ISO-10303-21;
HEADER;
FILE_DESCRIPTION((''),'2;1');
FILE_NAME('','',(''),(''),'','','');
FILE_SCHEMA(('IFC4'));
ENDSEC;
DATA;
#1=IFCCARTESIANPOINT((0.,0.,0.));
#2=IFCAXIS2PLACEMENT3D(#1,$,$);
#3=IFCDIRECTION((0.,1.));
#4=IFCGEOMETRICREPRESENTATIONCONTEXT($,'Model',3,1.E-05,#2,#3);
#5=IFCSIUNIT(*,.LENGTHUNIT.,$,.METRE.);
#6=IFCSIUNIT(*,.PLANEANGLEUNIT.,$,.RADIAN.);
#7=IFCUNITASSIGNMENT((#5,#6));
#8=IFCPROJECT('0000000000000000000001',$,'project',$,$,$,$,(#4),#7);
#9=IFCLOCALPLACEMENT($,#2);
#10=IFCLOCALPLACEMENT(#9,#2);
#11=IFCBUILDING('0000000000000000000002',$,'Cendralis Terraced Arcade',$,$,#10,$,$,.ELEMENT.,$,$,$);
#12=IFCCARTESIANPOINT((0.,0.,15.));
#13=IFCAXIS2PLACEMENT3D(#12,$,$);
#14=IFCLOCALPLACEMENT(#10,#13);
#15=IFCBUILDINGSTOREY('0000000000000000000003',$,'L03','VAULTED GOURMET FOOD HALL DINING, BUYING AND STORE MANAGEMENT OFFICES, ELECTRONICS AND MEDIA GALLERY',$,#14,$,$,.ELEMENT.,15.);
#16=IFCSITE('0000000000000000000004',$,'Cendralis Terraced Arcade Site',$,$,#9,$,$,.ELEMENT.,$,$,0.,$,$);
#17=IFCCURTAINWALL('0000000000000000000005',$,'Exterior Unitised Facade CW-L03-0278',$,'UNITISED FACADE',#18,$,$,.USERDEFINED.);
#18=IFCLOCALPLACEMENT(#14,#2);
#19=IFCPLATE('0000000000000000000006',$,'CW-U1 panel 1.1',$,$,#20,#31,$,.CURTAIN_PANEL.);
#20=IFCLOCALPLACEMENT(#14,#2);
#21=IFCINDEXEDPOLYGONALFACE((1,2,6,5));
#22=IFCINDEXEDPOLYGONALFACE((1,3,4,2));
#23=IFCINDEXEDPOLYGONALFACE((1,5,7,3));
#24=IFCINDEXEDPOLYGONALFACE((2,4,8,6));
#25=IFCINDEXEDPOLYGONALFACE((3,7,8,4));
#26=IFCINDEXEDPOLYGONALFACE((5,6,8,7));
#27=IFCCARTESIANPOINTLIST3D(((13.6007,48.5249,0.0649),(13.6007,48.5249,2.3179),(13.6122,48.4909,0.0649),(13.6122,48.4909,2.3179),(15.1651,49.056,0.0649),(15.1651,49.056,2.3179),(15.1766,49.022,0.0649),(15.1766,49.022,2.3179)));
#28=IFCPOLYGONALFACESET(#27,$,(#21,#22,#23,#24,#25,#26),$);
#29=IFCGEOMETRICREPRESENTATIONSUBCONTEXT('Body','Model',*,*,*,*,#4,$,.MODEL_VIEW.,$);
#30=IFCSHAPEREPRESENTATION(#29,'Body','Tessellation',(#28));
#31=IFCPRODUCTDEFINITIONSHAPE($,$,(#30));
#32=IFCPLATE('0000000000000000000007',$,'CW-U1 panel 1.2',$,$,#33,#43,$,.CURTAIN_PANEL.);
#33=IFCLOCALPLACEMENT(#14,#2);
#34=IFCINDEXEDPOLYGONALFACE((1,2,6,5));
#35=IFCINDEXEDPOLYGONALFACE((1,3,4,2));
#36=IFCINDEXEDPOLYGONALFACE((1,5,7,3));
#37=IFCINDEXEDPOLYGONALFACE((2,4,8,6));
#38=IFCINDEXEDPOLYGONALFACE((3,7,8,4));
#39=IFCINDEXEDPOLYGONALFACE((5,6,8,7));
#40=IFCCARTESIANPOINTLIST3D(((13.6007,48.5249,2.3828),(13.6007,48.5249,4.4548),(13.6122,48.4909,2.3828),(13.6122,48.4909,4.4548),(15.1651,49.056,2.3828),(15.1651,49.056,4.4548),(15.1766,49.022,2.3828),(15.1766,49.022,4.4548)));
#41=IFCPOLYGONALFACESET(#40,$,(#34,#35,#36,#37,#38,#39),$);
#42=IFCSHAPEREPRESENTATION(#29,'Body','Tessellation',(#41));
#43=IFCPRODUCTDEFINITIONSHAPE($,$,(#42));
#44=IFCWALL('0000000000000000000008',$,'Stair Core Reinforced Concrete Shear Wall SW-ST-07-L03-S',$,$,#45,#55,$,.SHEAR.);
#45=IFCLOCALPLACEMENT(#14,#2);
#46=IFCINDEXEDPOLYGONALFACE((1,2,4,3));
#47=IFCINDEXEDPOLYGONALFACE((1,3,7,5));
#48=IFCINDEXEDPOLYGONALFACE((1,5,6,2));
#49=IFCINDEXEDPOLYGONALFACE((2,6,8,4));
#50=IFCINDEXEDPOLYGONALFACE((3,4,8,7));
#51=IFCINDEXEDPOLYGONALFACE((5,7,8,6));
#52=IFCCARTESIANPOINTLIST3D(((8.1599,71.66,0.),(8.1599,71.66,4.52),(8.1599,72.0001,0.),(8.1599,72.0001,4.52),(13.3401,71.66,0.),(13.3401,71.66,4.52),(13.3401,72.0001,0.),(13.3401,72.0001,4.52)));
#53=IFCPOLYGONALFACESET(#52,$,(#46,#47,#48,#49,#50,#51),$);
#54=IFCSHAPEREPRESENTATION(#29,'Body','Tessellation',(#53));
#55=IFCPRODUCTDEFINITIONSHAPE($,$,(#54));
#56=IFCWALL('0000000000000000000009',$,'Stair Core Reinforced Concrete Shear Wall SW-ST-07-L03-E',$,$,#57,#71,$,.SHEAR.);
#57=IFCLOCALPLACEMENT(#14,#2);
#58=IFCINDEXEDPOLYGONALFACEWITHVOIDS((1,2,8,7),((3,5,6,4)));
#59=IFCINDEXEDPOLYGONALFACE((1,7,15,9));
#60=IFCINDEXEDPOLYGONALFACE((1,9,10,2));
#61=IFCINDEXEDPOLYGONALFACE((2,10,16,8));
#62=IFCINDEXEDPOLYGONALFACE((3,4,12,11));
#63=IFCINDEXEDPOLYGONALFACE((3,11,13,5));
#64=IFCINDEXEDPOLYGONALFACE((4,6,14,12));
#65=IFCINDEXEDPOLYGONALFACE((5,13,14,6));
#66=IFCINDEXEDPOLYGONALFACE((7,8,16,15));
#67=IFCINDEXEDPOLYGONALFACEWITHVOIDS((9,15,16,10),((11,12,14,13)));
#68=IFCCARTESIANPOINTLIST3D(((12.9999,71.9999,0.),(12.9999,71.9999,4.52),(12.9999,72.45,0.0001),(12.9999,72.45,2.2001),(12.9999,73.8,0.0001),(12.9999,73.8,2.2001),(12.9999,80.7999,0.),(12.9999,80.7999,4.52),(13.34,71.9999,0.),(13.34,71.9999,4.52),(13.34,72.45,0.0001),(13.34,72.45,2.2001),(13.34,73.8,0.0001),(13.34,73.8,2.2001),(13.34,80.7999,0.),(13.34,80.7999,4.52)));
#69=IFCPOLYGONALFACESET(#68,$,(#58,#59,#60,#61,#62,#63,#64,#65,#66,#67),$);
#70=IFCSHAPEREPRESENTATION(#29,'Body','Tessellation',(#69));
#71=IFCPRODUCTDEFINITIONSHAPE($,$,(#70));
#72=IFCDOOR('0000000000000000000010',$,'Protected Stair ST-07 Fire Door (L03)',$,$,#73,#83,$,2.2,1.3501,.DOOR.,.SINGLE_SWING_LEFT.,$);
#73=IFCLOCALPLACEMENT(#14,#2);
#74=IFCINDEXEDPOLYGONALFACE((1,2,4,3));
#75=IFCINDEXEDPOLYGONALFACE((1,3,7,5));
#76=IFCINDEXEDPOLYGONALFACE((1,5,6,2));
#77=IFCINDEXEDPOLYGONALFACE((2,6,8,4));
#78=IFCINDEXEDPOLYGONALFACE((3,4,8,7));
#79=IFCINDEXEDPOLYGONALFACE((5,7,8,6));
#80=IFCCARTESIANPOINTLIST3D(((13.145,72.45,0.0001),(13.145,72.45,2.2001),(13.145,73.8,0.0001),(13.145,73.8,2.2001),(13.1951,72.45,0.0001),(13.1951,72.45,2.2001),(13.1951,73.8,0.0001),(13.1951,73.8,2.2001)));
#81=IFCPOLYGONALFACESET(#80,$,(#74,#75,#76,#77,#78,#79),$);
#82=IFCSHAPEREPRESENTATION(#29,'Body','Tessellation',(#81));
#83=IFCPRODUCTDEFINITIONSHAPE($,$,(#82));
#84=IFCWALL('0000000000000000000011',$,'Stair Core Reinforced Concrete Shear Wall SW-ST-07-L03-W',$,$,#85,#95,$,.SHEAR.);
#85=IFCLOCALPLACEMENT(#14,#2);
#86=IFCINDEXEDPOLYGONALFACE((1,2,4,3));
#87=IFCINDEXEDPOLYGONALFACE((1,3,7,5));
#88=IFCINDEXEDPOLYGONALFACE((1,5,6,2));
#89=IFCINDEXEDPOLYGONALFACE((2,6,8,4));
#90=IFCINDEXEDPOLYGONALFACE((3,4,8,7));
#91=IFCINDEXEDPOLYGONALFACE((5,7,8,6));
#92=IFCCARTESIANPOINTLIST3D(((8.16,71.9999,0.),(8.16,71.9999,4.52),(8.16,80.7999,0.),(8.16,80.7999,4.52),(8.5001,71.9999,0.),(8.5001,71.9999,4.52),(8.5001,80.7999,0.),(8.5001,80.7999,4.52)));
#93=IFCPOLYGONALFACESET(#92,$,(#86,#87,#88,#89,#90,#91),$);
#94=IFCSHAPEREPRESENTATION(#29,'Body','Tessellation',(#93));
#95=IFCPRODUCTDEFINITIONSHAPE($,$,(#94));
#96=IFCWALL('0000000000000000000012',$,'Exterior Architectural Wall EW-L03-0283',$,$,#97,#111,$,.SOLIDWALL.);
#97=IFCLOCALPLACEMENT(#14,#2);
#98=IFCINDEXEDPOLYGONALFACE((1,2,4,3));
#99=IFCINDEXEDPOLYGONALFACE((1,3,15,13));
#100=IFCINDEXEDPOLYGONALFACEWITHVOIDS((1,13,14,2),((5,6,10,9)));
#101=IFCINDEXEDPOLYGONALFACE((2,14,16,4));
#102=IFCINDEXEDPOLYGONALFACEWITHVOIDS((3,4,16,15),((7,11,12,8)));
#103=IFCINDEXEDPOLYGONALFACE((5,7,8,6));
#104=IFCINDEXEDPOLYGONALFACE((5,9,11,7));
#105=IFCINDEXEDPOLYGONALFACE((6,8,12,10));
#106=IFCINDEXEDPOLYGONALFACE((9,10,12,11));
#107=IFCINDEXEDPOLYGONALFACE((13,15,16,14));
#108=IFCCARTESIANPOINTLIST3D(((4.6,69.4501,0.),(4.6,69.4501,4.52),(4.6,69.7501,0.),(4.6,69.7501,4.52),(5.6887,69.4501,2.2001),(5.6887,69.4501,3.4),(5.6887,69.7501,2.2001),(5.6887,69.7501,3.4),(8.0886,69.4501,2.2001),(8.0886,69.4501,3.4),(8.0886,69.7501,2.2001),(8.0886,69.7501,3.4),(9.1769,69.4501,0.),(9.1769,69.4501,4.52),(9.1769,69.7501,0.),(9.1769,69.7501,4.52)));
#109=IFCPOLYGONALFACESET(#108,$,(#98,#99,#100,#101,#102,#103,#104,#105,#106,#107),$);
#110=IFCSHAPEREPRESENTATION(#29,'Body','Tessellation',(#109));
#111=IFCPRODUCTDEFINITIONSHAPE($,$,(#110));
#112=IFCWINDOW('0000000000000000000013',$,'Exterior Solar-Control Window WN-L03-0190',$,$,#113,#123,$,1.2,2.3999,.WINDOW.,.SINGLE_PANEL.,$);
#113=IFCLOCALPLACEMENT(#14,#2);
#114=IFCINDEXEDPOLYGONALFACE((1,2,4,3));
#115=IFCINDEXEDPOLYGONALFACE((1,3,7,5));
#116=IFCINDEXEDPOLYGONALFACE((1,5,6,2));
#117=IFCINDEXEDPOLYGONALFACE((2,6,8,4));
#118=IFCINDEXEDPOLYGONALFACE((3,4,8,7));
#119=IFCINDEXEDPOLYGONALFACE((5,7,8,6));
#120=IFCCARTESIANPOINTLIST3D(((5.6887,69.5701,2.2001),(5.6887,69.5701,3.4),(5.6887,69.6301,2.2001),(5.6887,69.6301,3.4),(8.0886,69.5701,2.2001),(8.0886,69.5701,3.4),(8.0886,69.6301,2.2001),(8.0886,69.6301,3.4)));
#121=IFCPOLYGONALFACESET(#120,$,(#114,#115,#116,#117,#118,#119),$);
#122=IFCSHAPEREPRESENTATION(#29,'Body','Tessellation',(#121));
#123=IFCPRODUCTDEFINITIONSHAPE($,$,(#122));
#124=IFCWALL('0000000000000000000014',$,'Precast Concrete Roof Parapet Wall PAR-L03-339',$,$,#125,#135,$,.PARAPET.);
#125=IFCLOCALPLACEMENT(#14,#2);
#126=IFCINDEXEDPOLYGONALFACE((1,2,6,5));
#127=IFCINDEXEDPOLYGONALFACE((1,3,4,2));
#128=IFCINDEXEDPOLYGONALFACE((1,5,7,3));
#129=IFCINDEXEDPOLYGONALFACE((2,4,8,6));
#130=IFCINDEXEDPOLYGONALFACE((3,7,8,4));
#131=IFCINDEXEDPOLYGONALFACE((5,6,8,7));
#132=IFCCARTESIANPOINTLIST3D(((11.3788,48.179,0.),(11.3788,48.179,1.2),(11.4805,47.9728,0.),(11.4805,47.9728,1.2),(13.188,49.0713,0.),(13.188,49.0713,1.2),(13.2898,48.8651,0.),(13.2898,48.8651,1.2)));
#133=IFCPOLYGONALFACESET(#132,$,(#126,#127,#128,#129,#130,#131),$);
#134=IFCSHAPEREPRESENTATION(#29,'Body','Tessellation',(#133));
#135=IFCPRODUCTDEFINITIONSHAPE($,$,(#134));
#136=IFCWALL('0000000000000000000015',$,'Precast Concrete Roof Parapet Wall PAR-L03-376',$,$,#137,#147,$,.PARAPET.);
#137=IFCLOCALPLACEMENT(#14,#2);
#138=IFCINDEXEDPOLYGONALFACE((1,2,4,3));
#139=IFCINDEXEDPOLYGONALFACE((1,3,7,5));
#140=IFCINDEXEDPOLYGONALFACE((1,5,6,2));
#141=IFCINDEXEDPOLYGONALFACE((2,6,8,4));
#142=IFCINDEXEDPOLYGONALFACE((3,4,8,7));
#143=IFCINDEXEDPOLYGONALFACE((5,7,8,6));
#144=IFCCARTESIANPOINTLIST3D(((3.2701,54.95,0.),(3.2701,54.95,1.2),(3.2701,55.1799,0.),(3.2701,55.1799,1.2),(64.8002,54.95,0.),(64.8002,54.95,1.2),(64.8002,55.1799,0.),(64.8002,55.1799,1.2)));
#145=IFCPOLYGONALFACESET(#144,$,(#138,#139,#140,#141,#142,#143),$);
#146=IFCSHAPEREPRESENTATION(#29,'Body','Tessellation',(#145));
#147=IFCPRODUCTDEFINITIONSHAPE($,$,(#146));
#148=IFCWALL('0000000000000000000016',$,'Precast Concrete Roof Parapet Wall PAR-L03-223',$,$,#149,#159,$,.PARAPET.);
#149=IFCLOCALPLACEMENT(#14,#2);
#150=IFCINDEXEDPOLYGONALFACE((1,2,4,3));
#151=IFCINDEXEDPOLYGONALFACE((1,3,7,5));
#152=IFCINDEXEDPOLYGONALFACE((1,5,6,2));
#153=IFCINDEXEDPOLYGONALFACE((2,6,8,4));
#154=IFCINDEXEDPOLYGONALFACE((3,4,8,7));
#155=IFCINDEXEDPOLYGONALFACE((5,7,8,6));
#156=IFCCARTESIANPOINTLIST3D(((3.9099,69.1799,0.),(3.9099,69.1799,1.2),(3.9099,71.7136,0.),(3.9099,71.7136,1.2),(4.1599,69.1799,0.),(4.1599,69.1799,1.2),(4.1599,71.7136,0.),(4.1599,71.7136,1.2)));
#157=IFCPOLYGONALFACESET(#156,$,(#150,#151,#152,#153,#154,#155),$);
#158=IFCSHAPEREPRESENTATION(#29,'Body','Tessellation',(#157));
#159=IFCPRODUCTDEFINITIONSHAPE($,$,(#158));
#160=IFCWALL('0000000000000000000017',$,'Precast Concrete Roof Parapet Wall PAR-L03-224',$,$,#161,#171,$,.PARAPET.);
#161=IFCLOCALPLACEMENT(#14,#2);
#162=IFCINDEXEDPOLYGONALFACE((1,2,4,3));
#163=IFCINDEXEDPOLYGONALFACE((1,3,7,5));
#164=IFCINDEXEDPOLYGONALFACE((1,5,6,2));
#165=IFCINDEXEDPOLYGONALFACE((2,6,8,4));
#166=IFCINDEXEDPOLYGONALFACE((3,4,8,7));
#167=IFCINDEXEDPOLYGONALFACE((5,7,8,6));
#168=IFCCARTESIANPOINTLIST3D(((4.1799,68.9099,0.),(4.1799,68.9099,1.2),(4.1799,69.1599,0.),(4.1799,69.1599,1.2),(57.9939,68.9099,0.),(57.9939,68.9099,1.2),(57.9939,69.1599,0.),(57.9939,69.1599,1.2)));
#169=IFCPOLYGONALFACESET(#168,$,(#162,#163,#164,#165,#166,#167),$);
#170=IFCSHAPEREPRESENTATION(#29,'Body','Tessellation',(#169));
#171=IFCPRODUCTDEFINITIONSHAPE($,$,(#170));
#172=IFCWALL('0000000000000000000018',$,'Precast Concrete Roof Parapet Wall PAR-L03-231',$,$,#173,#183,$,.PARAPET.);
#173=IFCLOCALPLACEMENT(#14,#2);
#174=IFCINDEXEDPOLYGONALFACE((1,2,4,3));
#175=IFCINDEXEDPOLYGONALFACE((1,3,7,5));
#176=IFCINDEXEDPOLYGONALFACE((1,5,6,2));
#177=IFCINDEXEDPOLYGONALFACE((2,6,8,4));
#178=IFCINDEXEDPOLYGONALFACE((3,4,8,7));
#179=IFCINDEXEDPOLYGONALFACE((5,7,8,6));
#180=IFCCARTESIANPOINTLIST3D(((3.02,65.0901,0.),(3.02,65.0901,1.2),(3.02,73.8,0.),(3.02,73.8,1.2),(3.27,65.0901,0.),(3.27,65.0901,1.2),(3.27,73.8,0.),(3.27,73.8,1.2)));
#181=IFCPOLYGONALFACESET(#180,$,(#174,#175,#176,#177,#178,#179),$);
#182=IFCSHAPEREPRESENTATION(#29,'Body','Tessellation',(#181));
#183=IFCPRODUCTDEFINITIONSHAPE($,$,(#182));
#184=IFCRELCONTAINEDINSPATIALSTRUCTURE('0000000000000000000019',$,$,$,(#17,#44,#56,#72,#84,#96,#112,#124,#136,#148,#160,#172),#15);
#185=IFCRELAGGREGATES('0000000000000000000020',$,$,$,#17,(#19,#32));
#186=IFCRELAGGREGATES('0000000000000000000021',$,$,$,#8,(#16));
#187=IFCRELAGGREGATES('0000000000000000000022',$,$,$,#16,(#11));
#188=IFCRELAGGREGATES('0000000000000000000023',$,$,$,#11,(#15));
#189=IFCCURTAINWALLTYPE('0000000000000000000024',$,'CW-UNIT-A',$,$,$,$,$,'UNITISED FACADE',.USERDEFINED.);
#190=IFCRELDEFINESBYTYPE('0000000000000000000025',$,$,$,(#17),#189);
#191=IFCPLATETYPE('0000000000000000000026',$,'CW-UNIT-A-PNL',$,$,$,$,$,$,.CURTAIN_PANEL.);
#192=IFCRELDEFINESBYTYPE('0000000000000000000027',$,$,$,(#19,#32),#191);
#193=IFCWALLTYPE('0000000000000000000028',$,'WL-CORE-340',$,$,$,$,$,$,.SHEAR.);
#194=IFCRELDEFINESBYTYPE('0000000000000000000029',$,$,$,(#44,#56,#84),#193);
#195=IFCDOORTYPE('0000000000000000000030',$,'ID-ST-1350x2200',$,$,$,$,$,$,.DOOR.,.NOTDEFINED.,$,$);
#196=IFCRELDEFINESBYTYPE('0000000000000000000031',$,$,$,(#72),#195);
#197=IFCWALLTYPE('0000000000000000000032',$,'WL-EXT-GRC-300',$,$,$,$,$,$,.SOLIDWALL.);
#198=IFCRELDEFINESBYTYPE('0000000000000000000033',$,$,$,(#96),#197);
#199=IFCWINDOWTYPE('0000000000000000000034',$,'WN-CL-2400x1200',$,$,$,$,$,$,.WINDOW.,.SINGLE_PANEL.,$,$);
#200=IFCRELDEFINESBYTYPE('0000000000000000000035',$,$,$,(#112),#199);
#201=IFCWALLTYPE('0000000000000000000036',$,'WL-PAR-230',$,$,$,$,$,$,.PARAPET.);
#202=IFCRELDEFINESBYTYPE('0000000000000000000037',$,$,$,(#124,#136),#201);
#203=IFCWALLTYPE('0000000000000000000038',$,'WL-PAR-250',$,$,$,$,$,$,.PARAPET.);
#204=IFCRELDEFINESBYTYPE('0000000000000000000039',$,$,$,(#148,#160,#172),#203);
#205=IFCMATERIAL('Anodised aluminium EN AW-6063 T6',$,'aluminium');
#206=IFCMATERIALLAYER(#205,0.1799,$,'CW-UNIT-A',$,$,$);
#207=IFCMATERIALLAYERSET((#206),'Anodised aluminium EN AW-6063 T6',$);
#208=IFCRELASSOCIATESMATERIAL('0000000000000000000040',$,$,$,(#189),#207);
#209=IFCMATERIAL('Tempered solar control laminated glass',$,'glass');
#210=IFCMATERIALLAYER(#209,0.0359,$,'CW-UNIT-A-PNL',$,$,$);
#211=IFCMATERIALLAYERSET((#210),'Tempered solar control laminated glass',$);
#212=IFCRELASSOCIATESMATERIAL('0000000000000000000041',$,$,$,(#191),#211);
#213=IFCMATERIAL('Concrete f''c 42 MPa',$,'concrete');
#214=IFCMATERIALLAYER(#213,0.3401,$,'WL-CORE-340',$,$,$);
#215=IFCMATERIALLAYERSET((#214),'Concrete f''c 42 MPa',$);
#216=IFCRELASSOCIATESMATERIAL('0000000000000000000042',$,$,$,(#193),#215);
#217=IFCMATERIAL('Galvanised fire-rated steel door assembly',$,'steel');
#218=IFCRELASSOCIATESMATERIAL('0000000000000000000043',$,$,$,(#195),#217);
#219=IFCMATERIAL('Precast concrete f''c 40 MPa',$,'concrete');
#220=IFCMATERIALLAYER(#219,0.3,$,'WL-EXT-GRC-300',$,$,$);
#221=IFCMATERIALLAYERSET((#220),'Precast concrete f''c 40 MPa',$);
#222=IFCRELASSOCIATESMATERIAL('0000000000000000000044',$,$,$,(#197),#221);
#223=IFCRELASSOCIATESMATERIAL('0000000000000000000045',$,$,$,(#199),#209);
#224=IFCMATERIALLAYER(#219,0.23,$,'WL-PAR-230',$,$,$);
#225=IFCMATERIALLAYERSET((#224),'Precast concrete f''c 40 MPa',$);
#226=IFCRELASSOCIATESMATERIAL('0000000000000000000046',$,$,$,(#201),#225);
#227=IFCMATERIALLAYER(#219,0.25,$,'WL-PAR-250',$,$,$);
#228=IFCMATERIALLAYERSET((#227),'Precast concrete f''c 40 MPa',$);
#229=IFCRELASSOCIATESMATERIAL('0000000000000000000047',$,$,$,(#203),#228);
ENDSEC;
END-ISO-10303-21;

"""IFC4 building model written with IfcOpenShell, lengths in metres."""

from ifc_helpers import new_model, si_unit, direction, frame, frame_2d, origin, origin_2d, place, context, subcontext, project, spatial, rectangle, extrude, material, layer, layer_set, type_object, element, fill, aggregate, save


model = new_model("IFC4")

# Units and contexts
model_context = context("Model", 3, precision=1e-05, world=origin(), true_north=direction((0.0, 1.0)))
body_context = subcontext(model_context, "Body", "Model", "MODEL_VIEW")
ifc_project = project(units=[si_unit("LENGTHUNIT", "METRE"), si_unit("PLANEANGLEUNIT", "RADIAN")], contexts=[model_context])

# Site, building, storey
site_placement = place(None, origin())
site = spatial("IfcSite", under=ifc_project, at=site_placement, Name="Cendralis Terraced Arcade Site", CompositionType="ELEMENT", RefElevation=0.0)
building_placement = place(site_placement, origin())
building = spatial("IfcBuilding", under=site, at=building_placement, Name="Cendralis Terraced Arcade", CompositionType="ELEMENT")
storey_placement = place(building_placement, frame((0.0, 0.0, 15.0)))
storey = spatial("IfcBuildingStorey", under=building, at=storey_placement, Name="L03", Description="VAULTED GOURMET FOOD HALL DINING, BUYING AND STORE MANAGEMENT OFFICES, ELECTRONICS AND MEDIA GALLERY", CompositionType="ELEMENT", Elevation=15.0)

# Shared definitions
ifc_material_1 = material(Name="Concrete f'c 42 MPa", Category="concrete")

# Shared definitions
ifc_material_2 = material(Name="Anodised aluminium EN AW-6063 T6", Category="aluminium")
ifc_layer_1 = layer(ifc_material_2, 0.1799, Name="CW-UNIT-A")
ifc_layer_set_1 = layer_set([ifc_layer_1], Name="Anodised aluminium EN AW-6063 T6")
curtain_wall_type_1 = type_object("IfcCurtainWallType", Name="CW-UNIT-A", ElementType="UNITISED FACADE", PredefinedType="USERDEFINED", material=ifc_layer_set_1)

# Shared definitions
ifc_material_3 = material(Name="Tempered solar control laminated glass", Category="glass")

# Curtain wall, plates
curtain_wall_1_placement = place(storey_placement, origin())
curtain_wall_1 = element("IfcCurtainWall", 1, at=curtain_wall_1_placement, inside=storey, type_object=curtain_wall_type_1, Name="Exterior Unitised Facade CW-L03-0278", ObjectType="UNITISED FACADE", PredefinedType="USERDEFINED")
ifc_layer_2 = layer(ifc_material_3, 0.0359, Name="CW-UNIT-A-PNL")
ifc_layer_set_2 = layer_set([ifc_layer_2], Name="Tempered solar control laminated glass")
plate_type_1 = type_object("IfcPlateType", Name="CW-UNIT-A-PNL", PredefinedType="CURTAIN_PANEL", material=ifc_layer_set_2)
plate_1_placement = place(storey_placement, frame((14.3887, 48.7734, 0.0649), z_axis=(0.0, 0.0, 1.0), x_axis=(0.946924, 0.321458, 0.0)))
plate_1 = element("IfcPlate", 2, at=plate_1_placement, type_object=plate_type_1, Name="CW-U1 panel 1.1", PredefinedType="CURTAIN_PANEL", context=body_context, shape_type="SweptSolid", body=[
    extrude(rectangle(XDim=1.6521, YDim=0.0359, at=origin_2d()), origin(), (0.0, 0.0, 1.0), 2.2529),
])
plate_2_placement = place(storey_placement, frame((14.3887, 48.7734, 2.3828), z_axis=(0.0, 0.0, 1.0), x_axis=(0.946924, 0.321458, 0.0)))
plate_2 = element("IfcPlate", 3, at=plate_2_placement, type_object=plate_type_1, Name="CW-U1 panel 1.2", PredefinedType="CURTAIN_PANEL", context=body_context, shape_type="SweptSolid", body=[
    extrude(rectangle(XDim=1.6521, YDim=0.0359, at=origin_2d()), origin(), (0.0, 0.0, 1.0), 2.072),
])
aggregate(curtain_wall_1, [plate_1, plate_2])

# Wall
ifc_layer_3 = layer(ifc_material_1, 0.3401, Name="WL-CORE-340")
ifc_layer_set_3 = layer_set([ifc_layer_3], Name="Concrete f'c 42 MPa")
wall_type_1 = type_object("IfcWallType", Name="WL-CORE-340", PredefinedType="SHEAR", material=ifc_layer_set_3)
wall_1_placement = place(storey_placement, frame((8.1599, 71.8301, 0.0), z_axis=(0.0, 0.0, 1.0), x_axis=(1.0, 0.0, 0.0)))
element("IfcWall", 4, at=wall_1_placement, inside=storey, type_object=wall_type_1, Name="Stair Core Reinforced Concrete Shear Wall SW-ST-07-L03-S", PredefinedType="SHEAR", context=body_context, shape_type="SweptSolid", body=[
    extrude(rectangle(XDim=5.1802, YDim=0.3401, at=frame_2d((2.5901, 0.0))), origin(), (0.0, 0.0, 1.0), 4.52),
])

# Wall, opening, door
wall_2_placement = place(storey_placement, frame((13.1699, 72.0, 0.0), z_axis=(0.0, 0.0, 1.0), x_axis=(0.0, 1.0, 0.0)))
wall_2 = element("IfcWall", 5, at=wall_2_placement, inside=storey, type_object=wall_type_1, Name="Stair Core Reinforced Concrete Shear Wall SW-ST-07-L03-E", PredefinedType="SHEAR", context=body_context, shape_type="SweptSolid", body=[
    extrude(rectangle(XDim=8.8, YDim=0.3401, at=frame_2d((4.3999, 0.0))), origin(), (0.0, 0.0, 1.0), 4.52),
])
opening_1_placement = place(wall_2_placement, frame((0.45, 0.0, 0.0)))
opening_1 = element("IfcOpeningElement", 6, at=opening_1_placement, cuts=wall_2, PredefinedType="OPENING", context=body_context, shape_type="SweptSolid", body=[
    extrude(rectangle(XDim=1.3501, YDim=2.2, at=frame_2d((0.675, 1.1001))), frame((0.0, 0.1821, 0.0), z_axis=(0.0, -1.0, 0.0), x_axis=(1.0, 0.0, 0.0)), (0.0, 0.0, 1.0), 0.364),
])
ifc_material_4 = material(Name="Galvanised fire-rated steel door assembly", Category="steel")
door_type = type_object("IfcDoorType", Name="ID-ST-1350x2200", OperationType="NOTDEFINED", PredefinedType="DOOR", material=ifc_material_4)
door_placement = place(opening_1_placement, origin())
door = element("IfcDoor", 7, at=door_placement, inside=storey, type_object=door_type, Name="Protected Stair ST-07 Fire Door (L03)", OperationType="SINGLE_SWING_LEFT", OverallHeight=2.2, OverallWidth=1.3501, PredefinedType="DOOR", context=body_context, shape_type="SweptSolid", body=[
    extrude(rectangle(XDim=1.3501, YDim=2.2, at=frame_2d((0.675, 1.1001))), frame((0.0, 0.0249, 0.0), z_axis=(0.0, -1.0, 0.0), x_axis=(1.0, 0.0, 0.0)), (0.0, 0.0, 1.0), 0.05),
])
fill(opening_1, door)

# Wall
wall_3_placement = place(storey_placement, frame((8.3301, 72.0, 0.0), z_axis=(0.0, 0.0, 1.0), x_axis=(0.0, 1.0, 0.0)))
element("IfcWall", 8, at=wall_3_placement, inside=storey, type_object=wall_type_1, Name="Stair Core Reinforced Concrete Shear Wall SW-ST-07-L03-W", PredefinedType="SHEAR", context=body_context, shape_type="SweptSolid", body=[
    extrude(rectangle(XDim=8.8, YDim=0.3401, at=frame_2d((4.3999, 0.0))), origin(), (0.0, 0.0, 1.0), 4.52),
])

# Wall, opening, window
ifc_material_5 = material(Name="Precast concrete f'c 40 MPa", Category="concrete")
ifc_layer_4 = layer(ifc_material_5, 0.3, Name="WL-EXT-GRC-300")
ifc_layer_set_4 = layer_set([ifc_layer_4], Name="Precast concrete f'c 40 MPa")
wall_type_2 = type_object("IfcWallType", Name="WL-EXT-GRC-300", PredefinedType="SOLIDWALL", material=ifc_layer_set_4)
wall_4_placement = place(storey_placement, frame((9.177, 69.6001, 0.0), z_axis=(0.0, 0.0, 1.0), x_axis=(-1.0, 0.0, 0.0)))
wall_4 = element("IfcWall", 9, at=wall_4_placement, inside=storey, type_object=wall_type_2, Name="Exterior Architectural Wall EW-L03-0283", PredefinedType="SOLIDWALL", context=body_context, shape_type="SweptSolid", body=[
    extrude(rectangle(XDim=4.5769, YDim=0.3, at=frame_2d((2.2886, 0.0))), origin(), (0.0, 0.0, 1.0), 4.52),
])
opening_2_placement = place(wall_4_placement, frame((1.0884, 0.0, 2.2)))
opening_2 = element("IfcOpeningElement", 10, at=opening_2_placement, cuts=wall_4, PredefinedType="OPENING", context=body_context, shape_type="SweptSolid", body=[
    extrude(rectangle(XDim=2.3999, YDim=1.2, at=frame_2d((1.2, 0.6001))), frame((0.0, 0.1621, 0.0), z_axis=(0.0, -1.0, 0.0), x_axis=(1.0, 0.0, 0.0)), (0.0, 0.0, 1.0), 0.324),
])
window_type = type_object("IfcWindowType", Name="WN-CL-2400x1200", PartitioningType="SINGLE_PANEL", PredefinedType="WINDOW", material=ifc_material_3)
window_placement = place(opening_2_placement, origin())
window = element("IfcWindow", 11, at=window_placement, inside=storey, type_object=window_type, Name="Exterior Solar-Control Window WN-L03-0190", OverallHeight=1.2, OverallWidth=2.3999, PartitioningType="SINGLE_PANEL", PredefinedType="WINDOW", context=body_context, shape_type="SweptSolid", body=[
    extrude(rectangle(XDim=2.3999, YDim=1.2, at=frame_2d((1.2, 0.6001))), frame((0.0, 0.03, 0.0), z_axis=(0.0, -1.0, 0.0), x_axis=(1.0, 0.0, 0.0)), (0.0, 0.0, 1.0), 0.0601),
])
fill(opening_2, window)

# Walls
ifc_layer_5 = layer(ifc_material_5, 0.23, Name="WL-PAR-230")
ifc_layer_set_5 = layer_set([ifc_layer_5], Name="Precast concrete f'c 40 MPa")
wall_type_3 = type_object("IfcWallType", Name="WL-PAR-230", PredefinedType="PARAPET", material=ifc_layer_set_5)
wall_5_placement = place(storey_placement, frame((13.239, 48.9683, 0.0), z_axis=(0.0, 0.0, 1.0), x_axis=(-0.896858, -0.442318, 0.0)))
element("IfcWall", 12, at=wall_5_placement, inside=storey, type_object=wall_type_3, Name="Precast Concrete Roof Parapet Wall PAR-L03-339", PredefinedType="PARAPET", context=body_context, shape_type="SweptSolid", body=[
    extrude(rectangle(XDim=2.0173, YDim=0.23, at=frame_2d((1.0088, 0.0))), origin(), (0.0, 0.0, 1.0), 1.2),
])
wall_6_placement = place(storey_placement, frame((3.27, 55.0649, 0.0), z_axis=(0.0, 0.0, 1.0), x_axis=(1.0, 0.0, 0.0)))
element("IfcWall", 13, at=wall_6_placement, inside=storey, type_object=wall_type_3, Name="Precast Concrete Roof Parapet Wall PAR-L03-376", PredefinedType="PARAPET", context=body_context, shape_type="SweptSolid", body=[
    extrude(rectangle(XDim=61.53, YDim=0.23, at=frame_2d((30.7651, 0.0))), origin(), (0.0, 0.0, 1.0), 1.2),
])
ifc_layer_6 = layer(ifc_material_5, 0.25, Name="WL-PAR-250")
ifc_layer_set_6 = layer_set([ifc_layer_6], Name="Precast concrete f'c 40 MPa")
wall_type_4 = type_object("IfcWallType", Name="WL-PAR-250", PredefinedType="PARAPET", material=ifc_layer_set_6)
wall_7_placement = place(storey_placement, frame((4.0349, 71.7136, 0.0), z_axis=(0.0, 0.0, 1.0), x_axis=(0.0, -1.0, 0.0)))
element("IfcWall", 14, at=wall_7_placement, inside=storey, type_object=wall_type_4, Name="Precast Concrete Roof Parapet Wall PAR-L03-223", PredefinedType="PARAPET", context=body_context, shape_type="SweptSolid", body=[
    extrude(rectangle(XDim=2.5337, YDim=0.25, at=frame_2d((1.2668, 0.0))), origin(), (0.0, 0.0, 1.0), 1.2),
])
wall_8_placement = place(storey_placement, frame((4.1799, 69.0349, 0.0), z_axis=(0.0, 0.0, 1.0), x_axis=(1.0, 0.0, 0.0)))
element("IfcWall", 15, at=wall_8_placement, inside=storey, type_object=wall_type_4, Name="Precast Concrete Roof Parapet Wall PAR-L03-224", PredefinedType="PARAPET", context=body_context, shape_type="SweptSolid", body=[
    extrude(rectangle(XDim=53.814, YDim=0.25, at=frame_2d((26.907, 0.0))), origin(), (0.0, 0.0, 1.0), 1.2),
])
wall_9_placement = place(storey_placement, frame((3.145, 65.0901, 0.0), z_axis=(0.0, 0.0, 1.0), x_axis=(0.0, 1.0, 0.0)))
element("IfcWall", 16, at=wall_9_placement, inside=storey, type_object=wall_type_4, Name="Precast Concrete Roof Parapet Wall PAR-L03-231", PredefinedType="PARAPET", context=body_context, shape_type="SweptSolid", body=[
    extrude(rectangle(XDim=8.71, YDim=0.25, at=frame_2d((4.355, 0.0))), origin(), (0.0, 0.0, 1.0), 1.2),
])

save(model, "model.ifc")
